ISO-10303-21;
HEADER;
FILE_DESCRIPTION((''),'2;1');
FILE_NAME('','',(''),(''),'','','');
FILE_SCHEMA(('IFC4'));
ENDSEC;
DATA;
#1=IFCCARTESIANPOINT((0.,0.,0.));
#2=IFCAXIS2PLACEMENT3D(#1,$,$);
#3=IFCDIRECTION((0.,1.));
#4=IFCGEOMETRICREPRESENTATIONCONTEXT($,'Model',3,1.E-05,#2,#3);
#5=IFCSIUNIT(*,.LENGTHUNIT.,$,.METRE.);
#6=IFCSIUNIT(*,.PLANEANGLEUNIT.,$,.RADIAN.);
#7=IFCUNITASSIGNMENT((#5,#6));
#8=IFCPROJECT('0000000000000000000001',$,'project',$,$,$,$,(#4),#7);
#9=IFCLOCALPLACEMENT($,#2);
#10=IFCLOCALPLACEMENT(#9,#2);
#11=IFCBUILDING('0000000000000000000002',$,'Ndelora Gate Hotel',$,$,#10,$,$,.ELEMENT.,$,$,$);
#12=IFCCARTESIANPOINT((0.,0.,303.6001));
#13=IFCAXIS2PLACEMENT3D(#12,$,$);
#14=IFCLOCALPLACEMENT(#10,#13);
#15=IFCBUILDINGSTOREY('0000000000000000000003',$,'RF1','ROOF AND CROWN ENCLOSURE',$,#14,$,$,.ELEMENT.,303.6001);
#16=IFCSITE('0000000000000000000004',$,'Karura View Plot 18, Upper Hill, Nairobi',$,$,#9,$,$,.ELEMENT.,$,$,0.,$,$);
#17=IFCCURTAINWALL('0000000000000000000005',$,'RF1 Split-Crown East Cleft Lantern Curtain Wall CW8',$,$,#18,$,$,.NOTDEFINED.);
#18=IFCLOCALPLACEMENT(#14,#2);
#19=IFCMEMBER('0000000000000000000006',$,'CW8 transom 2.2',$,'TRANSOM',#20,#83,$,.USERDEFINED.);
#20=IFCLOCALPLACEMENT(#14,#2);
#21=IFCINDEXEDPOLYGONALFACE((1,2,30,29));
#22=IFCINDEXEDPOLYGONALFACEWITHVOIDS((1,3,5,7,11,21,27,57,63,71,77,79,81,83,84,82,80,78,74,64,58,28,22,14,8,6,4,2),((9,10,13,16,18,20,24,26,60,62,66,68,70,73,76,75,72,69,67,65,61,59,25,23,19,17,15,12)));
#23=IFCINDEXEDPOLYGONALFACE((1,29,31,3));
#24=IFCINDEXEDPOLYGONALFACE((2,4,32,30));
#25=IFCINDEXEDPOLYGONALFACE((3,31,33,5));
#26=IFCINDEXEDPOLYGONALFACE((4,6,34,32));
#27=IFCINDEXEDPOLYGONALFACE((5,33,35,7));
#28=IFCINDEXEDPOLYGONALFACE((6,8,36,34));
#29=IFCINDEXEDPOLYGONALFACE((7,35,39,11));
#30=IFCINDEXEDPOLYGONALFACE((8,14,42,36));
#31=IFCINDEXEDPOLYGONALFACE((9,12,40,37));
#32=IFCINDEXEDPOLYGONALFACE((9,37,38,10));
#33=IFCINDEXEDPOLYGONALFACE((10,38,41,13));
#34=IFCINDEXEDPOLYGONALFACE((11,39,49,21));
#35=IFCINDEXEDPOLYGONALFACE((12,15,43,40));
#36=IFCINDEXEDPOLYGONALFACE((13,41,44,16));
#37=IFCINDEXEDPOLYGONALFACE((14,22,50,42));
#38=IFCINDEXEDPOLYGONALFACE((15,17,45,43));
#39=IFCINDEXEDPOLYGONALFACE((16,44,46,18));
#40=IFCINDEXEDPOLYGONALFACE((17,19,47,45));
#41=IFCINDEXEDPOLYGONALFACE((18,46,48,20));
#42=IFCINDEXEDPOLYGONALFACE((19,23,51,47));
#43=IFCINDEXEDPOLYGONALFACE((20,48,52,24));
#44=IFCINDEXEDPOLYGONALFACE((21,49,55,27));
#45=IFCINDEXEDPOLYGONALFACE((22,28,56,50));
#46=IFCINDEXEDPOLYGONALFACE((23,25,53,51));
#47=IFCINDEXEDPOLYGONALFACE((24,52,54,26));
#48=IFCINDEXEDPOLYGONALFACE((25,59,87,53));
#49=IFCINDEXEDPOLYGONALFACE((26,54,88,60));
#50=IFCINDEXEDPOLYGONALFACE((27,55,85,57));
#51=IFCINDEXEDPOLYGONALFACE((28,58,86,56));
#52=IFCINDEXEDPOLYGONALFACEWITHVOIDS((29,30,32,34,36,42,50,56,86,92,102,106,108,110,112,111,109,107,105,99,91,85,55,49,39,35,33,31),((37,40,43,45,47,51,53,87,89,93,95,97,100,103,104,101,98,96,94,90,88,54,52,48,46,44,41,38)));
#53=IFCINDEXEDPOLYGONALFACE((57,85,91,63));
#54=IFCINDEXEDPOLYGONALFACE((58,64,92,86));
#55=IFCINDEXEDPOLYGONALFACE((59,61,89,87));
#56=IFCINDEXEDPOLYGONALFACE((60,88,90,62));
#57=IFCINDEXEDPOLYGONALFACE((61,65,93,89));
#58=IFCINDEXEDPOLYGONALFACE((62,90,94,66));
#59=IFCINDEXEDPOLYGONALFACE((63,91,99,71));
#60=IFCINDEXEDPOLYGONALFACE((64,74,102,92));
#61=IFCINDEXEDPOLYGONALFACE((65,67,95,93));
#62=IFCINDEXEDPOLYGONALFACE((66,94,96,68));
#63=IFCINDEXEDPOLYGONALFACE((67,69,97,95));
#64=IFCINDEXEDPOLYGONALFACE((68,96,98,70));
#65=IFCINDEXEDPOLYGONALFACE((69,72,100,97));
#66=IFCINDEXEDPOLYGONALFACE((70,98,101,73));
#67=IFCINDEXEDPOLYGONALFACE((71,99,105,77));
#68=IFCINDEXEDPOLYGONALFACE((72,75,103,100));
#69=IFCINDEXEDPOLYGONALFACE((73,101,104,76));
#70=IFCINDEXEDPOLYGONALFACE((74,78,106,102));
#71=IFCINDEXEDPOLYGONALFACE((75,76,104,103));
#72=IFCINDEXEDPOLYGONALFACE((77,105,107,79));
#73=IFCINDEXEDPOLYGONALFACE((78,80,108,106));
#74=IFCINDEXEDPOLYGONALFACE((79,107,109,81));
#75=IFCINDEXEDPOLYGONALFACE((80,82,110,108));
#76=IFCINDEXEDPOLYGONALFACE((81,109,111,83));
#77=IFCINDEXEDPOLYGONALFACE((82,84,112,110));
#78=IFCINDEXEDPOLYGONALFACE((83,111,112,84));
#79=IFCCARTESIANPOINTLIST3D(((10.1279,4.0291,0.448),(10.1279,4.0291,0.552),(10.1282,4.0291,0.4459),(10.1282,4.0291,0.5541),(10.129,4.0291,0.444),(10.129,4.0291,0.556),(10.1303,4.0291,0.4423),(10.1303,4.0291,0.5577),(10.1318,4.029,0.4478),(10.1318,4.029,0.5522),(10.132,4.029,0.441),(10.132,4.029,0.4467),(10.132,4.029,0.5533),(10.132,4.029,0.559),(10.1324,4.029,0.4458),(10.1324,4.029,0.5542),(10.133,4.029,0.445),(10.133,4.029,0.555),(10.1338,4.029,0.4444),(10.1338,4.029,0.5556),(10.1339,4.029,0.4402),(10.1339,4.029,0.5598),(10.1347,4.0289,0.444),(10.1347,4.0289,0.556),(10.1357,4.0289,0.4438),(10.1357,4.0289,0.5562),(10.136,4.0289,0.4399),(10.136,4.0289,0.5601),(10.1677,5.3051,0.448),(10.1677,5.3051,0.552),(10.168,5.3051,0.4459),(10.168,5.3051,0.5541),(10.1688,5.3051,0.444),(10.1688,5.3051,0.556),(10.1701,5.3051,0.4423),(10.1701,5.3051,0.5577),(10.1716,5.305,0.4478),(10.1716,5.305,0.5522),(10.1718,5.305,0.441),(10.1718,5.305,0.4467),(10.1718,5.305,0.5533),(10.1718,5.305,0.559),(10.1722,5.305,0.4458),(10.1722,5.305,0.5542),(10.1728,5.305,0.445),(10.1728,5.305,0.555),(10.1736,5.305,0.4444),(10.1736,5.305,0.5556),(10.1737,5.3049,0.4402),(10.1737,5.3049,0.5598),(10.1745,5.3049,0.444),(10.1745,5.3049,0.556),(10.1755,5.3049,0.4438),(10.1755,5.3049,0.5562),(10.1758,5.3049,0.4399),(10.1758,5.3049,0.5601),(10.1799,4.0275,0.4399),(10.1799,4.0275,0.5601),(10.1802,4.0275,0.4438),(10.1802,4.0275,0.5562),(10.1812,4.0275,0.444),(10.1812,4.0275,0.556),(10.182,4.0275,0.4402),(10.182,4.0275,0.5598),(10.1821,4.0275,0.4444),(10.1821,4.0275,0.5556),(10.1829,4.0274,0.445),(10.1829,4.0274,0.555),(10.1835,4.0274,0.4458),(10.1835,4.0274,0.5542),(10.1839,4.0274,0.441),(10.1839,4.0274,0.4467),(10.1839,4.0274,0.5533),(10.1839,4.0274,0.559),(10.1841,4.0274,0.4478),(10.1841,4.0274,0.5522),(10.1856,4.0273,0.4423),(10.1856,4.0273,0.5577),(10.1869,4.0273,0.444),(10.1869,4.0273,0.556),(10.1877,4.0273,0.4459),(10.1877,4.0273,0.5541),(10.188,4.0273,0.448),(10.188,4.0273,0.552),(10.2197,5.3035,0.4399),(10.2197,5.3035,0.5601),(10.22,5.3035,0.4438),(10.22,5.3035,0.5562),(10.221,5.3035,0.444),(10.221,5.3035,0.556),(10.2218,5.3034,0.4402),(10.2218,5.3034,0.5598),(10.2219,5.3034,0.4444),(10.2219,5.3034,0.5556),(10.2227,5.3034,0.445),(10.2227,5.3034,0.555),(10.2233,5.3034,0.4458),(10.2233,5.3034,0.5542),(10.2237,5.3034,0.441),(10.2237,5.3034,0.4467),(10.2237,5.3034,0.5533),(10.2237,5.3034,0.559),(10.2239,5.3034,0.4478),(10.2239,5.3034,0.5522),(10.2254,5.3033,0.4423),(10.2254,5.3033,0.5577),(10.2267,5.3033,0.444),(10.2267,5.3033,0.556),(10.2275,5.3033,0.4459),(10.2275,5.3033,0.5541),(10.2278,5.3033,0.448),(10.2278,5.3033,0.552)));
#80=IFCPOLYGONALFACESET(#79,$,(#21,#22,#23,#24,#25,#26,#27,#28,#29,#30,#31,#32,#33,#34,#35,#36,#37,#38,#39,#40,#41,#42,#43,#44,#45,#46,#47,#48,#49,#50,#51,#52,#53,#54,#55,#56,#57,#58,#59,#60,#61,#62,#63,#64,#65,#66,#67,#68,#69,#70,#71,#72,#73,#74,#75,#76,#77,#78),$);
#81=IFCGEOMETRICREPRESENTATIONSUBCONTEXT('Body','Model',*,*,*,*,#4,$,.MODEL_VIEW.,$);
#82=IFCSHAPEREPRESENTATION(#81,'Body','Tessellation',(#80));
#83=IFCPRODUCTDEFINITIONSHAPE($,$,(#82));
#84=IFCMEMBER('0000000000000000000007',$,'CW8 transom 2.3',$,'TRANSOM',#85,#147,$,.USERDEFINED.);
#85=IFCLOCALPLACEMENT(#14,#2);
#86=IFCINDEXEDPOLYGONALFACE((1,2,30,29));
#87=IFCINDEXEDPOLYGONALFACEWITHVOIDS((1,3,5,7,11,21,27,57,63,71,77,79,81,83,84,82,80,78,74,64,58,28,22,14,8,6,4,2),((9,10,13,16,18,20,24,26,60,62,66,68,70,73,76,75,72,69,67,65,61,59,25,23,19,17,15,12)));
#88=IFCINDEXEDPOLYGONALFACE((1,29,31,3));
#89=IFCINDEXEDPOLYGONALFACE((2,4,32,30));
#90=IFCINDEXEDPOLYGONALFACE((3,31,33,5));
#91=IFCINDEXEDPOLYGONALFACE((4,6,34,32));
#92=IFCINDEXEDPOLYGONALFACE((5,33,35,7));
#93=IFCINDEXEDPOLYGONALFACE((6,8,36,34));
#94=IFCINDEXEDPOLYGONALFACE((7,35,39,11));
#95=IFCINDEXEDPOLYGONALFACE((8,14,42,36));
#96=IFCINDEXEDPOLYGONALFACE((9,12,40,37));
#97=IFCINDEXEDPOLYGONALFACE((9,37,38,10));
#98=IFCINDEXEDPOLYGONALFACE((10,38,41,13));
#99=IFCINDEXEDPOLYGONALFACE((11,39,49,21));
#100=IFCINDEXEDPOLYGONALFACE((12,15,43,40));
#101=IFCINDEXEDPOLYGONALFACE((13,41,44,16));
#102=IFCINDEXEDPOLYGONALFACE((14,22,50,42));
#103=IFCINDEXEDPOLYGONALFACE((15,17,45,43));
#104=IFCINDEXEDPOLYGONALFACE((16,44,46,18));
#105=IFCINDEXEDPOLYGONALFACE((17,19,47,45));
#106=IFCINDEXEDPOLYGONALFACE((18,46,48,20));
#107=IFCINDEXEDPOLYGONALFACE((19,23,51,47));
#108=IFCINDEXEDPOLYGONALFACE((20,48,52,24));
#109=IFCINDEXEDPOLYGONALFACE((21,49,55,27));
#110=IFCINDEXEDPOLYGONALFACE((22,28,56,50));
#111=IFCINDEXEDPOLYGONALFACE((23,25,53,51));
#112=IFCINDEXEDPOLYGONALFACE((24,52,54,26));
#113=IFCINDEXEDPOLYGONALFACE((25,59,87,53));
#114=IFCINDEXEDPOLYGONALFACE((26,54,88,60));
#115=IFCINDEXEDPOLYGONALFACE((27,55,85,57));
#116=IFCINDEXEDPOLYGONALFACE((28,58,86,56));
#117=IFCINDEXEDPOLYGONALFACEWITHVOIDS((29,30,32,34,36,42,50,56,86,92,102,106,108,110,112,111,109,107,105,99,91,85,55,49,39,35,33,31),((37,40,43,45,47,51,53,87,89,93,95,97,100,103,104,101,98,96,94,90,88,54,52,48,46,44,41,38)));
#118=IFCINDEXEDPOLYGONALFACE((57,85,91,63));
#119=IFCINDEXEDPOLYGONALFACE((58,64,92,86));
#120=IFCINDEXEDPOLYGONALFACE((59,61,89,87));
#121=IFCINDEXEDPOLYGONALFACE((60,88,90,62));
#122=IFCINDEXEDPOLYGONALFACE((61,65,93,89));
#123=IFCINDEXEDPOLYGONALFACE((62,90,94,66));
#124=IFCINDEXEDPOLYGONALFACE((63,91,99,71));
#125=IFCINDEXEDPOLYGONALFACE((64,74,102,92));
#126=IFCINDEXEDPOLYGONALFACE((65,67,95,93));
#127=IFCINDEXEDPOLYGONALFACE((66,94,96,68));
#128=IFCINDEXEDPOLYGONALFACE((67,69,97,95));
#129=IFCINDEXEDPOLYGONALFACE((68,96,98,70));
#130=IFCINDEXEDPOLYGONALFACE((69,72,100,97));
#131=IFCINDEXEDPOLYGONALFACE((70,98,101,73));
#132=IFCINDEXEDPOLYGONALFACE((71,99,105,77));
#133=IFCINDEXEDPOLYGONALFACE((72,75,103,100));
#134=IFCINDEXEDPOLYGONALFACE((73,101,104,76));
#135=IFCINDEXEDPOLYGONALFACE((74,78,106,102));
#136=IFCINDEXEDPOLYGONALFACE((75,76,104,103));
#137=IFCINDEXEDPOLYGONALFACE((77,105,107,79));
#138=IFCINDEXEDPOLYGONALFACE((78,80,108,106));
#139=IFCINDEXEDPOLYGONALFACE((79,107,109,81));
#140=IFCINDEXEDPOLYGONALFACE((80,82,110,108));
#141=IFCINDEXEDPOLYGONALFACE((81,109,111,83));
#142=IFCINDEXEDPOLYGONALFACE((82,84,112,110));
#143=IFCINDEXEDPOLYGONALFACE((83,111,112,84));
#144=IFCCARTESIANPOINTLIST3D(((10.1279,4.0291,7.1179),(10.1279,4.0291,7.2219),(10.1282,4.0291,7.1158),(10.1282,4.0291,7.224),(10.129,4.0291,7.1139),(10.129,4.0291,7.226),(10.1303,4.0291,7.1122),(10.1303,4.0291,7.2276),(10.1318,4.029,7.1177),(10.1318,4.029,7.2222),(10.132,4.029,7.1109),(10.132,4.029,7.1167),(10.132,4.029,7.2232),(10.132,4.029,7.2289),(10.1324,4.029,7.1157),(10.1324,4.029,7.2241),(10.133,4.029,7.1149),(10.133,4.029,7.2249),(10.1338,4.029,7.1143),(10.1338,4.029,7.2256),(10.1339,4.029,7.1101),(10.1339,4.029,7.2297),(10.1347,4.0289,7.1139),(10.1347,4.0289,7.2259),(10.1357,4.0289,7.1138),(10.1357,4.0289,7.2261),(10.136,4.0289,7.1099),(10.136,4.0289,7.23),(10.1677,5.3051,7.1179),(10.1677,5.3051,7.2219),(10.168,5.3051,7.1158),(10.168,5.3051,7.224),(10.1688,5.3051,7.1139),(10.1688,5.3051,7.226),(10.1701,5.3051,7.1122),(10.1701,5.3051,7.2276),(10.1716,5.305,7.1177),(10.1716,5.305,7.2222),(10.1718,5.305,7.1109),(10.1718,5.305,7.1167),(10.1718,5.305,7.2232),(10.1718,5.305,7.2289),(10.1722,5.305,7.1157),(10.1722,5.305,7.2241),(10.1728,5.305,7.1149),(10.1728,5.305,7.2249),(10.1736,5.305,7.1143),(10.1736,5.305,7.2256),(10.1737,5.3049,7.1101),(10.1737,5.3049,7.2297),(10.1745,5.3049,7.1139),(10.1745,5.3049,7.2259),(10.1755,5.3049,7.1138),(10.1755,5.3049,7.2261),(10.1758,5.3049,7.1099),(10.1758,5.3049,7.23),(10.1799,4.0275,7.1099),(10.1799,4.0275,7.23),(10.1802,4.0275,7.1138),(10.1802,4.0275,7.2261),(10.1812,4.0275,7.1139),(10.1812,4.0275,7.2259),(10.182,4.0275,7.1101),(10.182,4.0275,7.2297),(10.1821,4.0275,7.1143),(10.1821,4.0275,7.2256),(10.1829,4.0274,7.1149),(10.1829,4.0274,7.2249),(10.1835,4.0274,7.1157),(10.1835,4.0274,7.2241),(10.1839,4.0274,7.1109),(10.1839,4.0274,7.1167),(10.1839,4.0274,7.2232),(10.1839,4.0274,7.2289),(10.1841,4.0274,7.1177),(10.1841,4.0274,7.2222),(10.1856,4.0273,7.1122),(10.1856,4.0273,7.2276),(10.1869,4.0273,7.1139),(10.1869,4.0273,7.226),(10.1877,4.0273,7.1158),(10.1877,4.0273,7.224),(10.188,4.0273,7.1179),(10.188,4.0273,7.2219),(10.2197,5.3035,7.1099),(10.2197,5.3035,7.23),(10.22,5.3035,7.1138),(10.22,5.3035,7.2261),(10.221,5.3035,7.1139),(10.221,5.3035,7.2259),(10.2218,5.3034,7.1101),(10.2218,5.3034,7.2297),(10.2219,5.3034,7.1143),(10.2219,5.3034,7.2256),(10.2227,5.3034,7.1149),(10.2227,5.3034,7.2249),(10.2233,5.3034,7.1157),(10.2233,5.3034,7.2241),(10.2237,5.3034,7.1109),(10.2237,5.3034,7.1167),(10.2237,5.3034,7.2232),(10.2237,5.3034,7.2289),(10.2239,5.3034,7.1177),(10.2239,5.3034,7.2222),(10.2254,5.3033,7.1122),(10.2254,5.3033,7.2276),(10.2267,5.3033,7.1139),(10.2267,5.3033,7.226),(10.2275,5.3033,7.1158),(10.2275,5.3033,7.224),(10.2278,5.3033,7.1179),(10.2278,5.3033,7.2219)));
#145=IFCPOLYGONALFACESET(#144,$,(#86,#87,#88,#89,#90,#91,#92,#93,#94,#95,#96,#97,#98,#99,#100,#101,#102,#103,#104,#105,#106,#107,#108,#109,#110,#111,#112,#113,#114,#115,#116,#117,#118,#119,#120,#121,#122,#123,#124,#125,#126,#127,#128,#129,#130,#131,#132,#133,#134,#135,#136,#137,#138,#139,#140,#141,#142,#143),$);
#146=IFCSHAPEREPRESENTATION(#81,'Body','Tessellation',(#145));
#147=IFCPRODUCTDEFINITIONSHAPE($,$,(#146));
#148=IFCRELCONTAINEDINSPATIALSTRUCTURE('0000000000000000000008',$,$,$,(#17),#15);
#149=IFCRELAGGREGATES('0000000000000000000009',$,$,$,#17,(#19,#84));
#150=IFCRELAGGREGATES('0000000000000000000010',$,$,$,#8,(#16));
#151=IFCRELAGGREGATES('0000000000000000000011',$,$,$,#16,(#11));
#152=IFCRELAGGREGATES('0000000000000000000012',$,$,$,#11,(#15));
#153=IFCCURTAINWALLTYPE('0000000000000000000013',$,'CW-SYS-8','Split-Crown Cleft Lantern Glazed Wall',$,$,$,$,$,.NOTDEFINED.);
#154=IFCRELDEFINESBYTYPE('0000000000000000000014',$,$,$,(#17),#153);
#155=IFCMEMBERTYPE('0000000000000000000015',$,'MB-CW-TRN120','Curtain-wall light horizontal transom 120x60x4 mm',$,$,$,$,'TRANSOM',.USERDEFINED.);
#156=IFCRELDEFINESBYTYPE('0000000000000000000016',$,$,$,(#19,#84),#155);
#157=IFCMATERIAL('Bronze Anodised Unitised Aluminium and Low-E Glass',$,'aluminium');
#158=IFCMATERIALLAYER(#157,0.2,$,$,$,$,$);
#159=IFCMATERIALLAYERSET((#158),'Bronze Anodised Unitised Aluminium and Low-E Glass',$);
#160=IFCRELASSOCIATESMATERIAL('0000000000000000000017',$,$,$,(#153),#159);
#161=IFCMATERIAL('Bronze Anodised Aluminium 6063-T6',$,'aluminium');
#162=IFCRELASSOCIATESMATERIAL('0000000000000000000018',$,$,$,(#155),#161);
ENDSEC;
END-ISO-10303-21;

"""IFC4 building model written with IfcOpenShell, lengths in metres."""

from ifc_helpers import new_model, si_unit, direction, frame, origin, origin_2d, place, context, subcontext, project, spatial, hollow_rectangle, extrude, material, layer, layer_set, material_profile, profile_set, type_object, element, aggregate, save


model = new_model("IFC4")

# Units and contexts
model_context = context("Model", 3, precision=1e-05, world=origin(), true_north=direction((0.0, 1.0)))
body_context = subcontext(model_context, "Body", "Model", "MODEL_VIEW")
ifc_project = project(units=[si_unit("LENGTHUNIT", "METRE"), si_unit("PLANEANGLEUNIT", "RADIAN")], contexts=[model_context])

# Site, building, storey
site_placement = place(None, origin())
site = spatial("IfcSite", under=ifc_project, at=site_placement, Name="Karura View Plot 18, Upper Hill, Nairobi", CompositionType="ELEMENT", RefElevation=0.0)
building_placement = place(site_placement, origin())
building = spatial("IfcBuilding", under=site, at=building_placement, Name="Ndelora Gate Hotel", CompositionType="ELEMENT")
storey_placement = place(building_placement, frame((0.0, 0.0, 303.6001)))
storey = spatial("IfcBuildingStorey", under=building, at=storey_placement, Name="RF1", Description="ROOF AND CROWN ENCLOSURE", CompositionType="ELEMENT", Elevation=303.6001)

# Curtain wall
ifc_material_1 = material(Name="Bronze Anodised Unitised Aluminium and Low-E Glass", Category="aluminium")
ifc_layer_1 = layer(ifc_material_1, 0.2)
ifc_layer_set_1 = layer_set([ifc_layer_1], Name="Bronze Anodised Unitised Aluminium and Low-E Glass")
curtain_wall_type = type_object("IfcCurtainWallType", Name="CW-SYS-8", Description="Split-Crown Cleft Lantern Glazed Wall", PredefinedType="NOTDEFINED", material=ifc_layer_set_1)
ifc_material_2 = material(Name="Bronze Anodised Aluminium 6063-T6", Category="aluminium")
curtain_wall_1_placement = place(storey_placement, origin())
curtain_wall_1 = element("IfcCurtainWall", 1, at=curtain_wall_1_placement, inside=storey, type_object=curtain_wall_type, Name="RF1 Split-Crown East Cleft Lantern Curtain Wall CW8", PredefinedType="NOTDEFINED")

# Members
ifc_material_profile_1 = material_profile(ifc_material_2, hollow_rectangle(XDim=0.0601, YDim=0.1201, WallThickness=0.0039, InnerFilletRadius=0.0039, OuterFilletRadius=0.0081, at=origin_2d()), Name="ALU 120x60x4")
ifc_profile_set_1 = profile_set([ifc_material_profile_1], Name="Bronze Anodised Aluminium 6063-T6")
member_type_1 = type_object("IfcMemberType", Name="MB-CW-TRN120", Description="Curtain-wall light horizontal transom 120x60x4 mm", ElementType="TRANSOM", PredefinedType="USERDEFINED", material=ifc_profile_set_1)
member_1_placement = place(storey_placement, frame((10.1978, 5.3042, 0.5), z_axis=(-0.031175, -0.999514, 0.0), x_axis=(0.999514, -0.031175, 0.0)))
member_1 = element("IfcMember", 2, at=member_1_placement, type_object=member_type_1, Name="CW8 transom 2.2", ObjectType="TRANSOM", PredefinedType="USERDEFINED", context=body_context, shape_type="SweptSolid", body=[
    extrude(hollow_rectangle(XDim=0.0601, YDim=0.1201, WallThickness=0.0039, InnerFilletRadius=0.0039, OuterFilletRadius=0.0081, at=origin_2d()), origin(), (0.0, 0.0, 1.0), 1.2766),
])
member_2_placement = place(storey_placement, frame((10.1978, 5.3042, 7.1699), z_axis=(-0.031175, -0.999514, 0.0), x_axis=(0.999514, -0.031175, 0.0)))
member_2 = element("IfcMember", 3, at=member_2_placement, type_object=member_type_1, Name="CW8 transom 2.3", ObjectType="TRANSOM", PredefinedType="USERDEFINED", context=body_context, shape_type="SweptSolid", body=[
    extrude(hollow_rectangle(XDim=0.0601, YDim=0.1201, WallThickness=0.0039, InnerFilletRadius=0.0039, OuterFilletRadius=0.0081, at=origin_2d()), origin(), (0.0, 0.0, 1.0), 1.2766),
])

aggregate(curtain_wall_1, [member_1, member_2])

save(model, "model.ifc")
